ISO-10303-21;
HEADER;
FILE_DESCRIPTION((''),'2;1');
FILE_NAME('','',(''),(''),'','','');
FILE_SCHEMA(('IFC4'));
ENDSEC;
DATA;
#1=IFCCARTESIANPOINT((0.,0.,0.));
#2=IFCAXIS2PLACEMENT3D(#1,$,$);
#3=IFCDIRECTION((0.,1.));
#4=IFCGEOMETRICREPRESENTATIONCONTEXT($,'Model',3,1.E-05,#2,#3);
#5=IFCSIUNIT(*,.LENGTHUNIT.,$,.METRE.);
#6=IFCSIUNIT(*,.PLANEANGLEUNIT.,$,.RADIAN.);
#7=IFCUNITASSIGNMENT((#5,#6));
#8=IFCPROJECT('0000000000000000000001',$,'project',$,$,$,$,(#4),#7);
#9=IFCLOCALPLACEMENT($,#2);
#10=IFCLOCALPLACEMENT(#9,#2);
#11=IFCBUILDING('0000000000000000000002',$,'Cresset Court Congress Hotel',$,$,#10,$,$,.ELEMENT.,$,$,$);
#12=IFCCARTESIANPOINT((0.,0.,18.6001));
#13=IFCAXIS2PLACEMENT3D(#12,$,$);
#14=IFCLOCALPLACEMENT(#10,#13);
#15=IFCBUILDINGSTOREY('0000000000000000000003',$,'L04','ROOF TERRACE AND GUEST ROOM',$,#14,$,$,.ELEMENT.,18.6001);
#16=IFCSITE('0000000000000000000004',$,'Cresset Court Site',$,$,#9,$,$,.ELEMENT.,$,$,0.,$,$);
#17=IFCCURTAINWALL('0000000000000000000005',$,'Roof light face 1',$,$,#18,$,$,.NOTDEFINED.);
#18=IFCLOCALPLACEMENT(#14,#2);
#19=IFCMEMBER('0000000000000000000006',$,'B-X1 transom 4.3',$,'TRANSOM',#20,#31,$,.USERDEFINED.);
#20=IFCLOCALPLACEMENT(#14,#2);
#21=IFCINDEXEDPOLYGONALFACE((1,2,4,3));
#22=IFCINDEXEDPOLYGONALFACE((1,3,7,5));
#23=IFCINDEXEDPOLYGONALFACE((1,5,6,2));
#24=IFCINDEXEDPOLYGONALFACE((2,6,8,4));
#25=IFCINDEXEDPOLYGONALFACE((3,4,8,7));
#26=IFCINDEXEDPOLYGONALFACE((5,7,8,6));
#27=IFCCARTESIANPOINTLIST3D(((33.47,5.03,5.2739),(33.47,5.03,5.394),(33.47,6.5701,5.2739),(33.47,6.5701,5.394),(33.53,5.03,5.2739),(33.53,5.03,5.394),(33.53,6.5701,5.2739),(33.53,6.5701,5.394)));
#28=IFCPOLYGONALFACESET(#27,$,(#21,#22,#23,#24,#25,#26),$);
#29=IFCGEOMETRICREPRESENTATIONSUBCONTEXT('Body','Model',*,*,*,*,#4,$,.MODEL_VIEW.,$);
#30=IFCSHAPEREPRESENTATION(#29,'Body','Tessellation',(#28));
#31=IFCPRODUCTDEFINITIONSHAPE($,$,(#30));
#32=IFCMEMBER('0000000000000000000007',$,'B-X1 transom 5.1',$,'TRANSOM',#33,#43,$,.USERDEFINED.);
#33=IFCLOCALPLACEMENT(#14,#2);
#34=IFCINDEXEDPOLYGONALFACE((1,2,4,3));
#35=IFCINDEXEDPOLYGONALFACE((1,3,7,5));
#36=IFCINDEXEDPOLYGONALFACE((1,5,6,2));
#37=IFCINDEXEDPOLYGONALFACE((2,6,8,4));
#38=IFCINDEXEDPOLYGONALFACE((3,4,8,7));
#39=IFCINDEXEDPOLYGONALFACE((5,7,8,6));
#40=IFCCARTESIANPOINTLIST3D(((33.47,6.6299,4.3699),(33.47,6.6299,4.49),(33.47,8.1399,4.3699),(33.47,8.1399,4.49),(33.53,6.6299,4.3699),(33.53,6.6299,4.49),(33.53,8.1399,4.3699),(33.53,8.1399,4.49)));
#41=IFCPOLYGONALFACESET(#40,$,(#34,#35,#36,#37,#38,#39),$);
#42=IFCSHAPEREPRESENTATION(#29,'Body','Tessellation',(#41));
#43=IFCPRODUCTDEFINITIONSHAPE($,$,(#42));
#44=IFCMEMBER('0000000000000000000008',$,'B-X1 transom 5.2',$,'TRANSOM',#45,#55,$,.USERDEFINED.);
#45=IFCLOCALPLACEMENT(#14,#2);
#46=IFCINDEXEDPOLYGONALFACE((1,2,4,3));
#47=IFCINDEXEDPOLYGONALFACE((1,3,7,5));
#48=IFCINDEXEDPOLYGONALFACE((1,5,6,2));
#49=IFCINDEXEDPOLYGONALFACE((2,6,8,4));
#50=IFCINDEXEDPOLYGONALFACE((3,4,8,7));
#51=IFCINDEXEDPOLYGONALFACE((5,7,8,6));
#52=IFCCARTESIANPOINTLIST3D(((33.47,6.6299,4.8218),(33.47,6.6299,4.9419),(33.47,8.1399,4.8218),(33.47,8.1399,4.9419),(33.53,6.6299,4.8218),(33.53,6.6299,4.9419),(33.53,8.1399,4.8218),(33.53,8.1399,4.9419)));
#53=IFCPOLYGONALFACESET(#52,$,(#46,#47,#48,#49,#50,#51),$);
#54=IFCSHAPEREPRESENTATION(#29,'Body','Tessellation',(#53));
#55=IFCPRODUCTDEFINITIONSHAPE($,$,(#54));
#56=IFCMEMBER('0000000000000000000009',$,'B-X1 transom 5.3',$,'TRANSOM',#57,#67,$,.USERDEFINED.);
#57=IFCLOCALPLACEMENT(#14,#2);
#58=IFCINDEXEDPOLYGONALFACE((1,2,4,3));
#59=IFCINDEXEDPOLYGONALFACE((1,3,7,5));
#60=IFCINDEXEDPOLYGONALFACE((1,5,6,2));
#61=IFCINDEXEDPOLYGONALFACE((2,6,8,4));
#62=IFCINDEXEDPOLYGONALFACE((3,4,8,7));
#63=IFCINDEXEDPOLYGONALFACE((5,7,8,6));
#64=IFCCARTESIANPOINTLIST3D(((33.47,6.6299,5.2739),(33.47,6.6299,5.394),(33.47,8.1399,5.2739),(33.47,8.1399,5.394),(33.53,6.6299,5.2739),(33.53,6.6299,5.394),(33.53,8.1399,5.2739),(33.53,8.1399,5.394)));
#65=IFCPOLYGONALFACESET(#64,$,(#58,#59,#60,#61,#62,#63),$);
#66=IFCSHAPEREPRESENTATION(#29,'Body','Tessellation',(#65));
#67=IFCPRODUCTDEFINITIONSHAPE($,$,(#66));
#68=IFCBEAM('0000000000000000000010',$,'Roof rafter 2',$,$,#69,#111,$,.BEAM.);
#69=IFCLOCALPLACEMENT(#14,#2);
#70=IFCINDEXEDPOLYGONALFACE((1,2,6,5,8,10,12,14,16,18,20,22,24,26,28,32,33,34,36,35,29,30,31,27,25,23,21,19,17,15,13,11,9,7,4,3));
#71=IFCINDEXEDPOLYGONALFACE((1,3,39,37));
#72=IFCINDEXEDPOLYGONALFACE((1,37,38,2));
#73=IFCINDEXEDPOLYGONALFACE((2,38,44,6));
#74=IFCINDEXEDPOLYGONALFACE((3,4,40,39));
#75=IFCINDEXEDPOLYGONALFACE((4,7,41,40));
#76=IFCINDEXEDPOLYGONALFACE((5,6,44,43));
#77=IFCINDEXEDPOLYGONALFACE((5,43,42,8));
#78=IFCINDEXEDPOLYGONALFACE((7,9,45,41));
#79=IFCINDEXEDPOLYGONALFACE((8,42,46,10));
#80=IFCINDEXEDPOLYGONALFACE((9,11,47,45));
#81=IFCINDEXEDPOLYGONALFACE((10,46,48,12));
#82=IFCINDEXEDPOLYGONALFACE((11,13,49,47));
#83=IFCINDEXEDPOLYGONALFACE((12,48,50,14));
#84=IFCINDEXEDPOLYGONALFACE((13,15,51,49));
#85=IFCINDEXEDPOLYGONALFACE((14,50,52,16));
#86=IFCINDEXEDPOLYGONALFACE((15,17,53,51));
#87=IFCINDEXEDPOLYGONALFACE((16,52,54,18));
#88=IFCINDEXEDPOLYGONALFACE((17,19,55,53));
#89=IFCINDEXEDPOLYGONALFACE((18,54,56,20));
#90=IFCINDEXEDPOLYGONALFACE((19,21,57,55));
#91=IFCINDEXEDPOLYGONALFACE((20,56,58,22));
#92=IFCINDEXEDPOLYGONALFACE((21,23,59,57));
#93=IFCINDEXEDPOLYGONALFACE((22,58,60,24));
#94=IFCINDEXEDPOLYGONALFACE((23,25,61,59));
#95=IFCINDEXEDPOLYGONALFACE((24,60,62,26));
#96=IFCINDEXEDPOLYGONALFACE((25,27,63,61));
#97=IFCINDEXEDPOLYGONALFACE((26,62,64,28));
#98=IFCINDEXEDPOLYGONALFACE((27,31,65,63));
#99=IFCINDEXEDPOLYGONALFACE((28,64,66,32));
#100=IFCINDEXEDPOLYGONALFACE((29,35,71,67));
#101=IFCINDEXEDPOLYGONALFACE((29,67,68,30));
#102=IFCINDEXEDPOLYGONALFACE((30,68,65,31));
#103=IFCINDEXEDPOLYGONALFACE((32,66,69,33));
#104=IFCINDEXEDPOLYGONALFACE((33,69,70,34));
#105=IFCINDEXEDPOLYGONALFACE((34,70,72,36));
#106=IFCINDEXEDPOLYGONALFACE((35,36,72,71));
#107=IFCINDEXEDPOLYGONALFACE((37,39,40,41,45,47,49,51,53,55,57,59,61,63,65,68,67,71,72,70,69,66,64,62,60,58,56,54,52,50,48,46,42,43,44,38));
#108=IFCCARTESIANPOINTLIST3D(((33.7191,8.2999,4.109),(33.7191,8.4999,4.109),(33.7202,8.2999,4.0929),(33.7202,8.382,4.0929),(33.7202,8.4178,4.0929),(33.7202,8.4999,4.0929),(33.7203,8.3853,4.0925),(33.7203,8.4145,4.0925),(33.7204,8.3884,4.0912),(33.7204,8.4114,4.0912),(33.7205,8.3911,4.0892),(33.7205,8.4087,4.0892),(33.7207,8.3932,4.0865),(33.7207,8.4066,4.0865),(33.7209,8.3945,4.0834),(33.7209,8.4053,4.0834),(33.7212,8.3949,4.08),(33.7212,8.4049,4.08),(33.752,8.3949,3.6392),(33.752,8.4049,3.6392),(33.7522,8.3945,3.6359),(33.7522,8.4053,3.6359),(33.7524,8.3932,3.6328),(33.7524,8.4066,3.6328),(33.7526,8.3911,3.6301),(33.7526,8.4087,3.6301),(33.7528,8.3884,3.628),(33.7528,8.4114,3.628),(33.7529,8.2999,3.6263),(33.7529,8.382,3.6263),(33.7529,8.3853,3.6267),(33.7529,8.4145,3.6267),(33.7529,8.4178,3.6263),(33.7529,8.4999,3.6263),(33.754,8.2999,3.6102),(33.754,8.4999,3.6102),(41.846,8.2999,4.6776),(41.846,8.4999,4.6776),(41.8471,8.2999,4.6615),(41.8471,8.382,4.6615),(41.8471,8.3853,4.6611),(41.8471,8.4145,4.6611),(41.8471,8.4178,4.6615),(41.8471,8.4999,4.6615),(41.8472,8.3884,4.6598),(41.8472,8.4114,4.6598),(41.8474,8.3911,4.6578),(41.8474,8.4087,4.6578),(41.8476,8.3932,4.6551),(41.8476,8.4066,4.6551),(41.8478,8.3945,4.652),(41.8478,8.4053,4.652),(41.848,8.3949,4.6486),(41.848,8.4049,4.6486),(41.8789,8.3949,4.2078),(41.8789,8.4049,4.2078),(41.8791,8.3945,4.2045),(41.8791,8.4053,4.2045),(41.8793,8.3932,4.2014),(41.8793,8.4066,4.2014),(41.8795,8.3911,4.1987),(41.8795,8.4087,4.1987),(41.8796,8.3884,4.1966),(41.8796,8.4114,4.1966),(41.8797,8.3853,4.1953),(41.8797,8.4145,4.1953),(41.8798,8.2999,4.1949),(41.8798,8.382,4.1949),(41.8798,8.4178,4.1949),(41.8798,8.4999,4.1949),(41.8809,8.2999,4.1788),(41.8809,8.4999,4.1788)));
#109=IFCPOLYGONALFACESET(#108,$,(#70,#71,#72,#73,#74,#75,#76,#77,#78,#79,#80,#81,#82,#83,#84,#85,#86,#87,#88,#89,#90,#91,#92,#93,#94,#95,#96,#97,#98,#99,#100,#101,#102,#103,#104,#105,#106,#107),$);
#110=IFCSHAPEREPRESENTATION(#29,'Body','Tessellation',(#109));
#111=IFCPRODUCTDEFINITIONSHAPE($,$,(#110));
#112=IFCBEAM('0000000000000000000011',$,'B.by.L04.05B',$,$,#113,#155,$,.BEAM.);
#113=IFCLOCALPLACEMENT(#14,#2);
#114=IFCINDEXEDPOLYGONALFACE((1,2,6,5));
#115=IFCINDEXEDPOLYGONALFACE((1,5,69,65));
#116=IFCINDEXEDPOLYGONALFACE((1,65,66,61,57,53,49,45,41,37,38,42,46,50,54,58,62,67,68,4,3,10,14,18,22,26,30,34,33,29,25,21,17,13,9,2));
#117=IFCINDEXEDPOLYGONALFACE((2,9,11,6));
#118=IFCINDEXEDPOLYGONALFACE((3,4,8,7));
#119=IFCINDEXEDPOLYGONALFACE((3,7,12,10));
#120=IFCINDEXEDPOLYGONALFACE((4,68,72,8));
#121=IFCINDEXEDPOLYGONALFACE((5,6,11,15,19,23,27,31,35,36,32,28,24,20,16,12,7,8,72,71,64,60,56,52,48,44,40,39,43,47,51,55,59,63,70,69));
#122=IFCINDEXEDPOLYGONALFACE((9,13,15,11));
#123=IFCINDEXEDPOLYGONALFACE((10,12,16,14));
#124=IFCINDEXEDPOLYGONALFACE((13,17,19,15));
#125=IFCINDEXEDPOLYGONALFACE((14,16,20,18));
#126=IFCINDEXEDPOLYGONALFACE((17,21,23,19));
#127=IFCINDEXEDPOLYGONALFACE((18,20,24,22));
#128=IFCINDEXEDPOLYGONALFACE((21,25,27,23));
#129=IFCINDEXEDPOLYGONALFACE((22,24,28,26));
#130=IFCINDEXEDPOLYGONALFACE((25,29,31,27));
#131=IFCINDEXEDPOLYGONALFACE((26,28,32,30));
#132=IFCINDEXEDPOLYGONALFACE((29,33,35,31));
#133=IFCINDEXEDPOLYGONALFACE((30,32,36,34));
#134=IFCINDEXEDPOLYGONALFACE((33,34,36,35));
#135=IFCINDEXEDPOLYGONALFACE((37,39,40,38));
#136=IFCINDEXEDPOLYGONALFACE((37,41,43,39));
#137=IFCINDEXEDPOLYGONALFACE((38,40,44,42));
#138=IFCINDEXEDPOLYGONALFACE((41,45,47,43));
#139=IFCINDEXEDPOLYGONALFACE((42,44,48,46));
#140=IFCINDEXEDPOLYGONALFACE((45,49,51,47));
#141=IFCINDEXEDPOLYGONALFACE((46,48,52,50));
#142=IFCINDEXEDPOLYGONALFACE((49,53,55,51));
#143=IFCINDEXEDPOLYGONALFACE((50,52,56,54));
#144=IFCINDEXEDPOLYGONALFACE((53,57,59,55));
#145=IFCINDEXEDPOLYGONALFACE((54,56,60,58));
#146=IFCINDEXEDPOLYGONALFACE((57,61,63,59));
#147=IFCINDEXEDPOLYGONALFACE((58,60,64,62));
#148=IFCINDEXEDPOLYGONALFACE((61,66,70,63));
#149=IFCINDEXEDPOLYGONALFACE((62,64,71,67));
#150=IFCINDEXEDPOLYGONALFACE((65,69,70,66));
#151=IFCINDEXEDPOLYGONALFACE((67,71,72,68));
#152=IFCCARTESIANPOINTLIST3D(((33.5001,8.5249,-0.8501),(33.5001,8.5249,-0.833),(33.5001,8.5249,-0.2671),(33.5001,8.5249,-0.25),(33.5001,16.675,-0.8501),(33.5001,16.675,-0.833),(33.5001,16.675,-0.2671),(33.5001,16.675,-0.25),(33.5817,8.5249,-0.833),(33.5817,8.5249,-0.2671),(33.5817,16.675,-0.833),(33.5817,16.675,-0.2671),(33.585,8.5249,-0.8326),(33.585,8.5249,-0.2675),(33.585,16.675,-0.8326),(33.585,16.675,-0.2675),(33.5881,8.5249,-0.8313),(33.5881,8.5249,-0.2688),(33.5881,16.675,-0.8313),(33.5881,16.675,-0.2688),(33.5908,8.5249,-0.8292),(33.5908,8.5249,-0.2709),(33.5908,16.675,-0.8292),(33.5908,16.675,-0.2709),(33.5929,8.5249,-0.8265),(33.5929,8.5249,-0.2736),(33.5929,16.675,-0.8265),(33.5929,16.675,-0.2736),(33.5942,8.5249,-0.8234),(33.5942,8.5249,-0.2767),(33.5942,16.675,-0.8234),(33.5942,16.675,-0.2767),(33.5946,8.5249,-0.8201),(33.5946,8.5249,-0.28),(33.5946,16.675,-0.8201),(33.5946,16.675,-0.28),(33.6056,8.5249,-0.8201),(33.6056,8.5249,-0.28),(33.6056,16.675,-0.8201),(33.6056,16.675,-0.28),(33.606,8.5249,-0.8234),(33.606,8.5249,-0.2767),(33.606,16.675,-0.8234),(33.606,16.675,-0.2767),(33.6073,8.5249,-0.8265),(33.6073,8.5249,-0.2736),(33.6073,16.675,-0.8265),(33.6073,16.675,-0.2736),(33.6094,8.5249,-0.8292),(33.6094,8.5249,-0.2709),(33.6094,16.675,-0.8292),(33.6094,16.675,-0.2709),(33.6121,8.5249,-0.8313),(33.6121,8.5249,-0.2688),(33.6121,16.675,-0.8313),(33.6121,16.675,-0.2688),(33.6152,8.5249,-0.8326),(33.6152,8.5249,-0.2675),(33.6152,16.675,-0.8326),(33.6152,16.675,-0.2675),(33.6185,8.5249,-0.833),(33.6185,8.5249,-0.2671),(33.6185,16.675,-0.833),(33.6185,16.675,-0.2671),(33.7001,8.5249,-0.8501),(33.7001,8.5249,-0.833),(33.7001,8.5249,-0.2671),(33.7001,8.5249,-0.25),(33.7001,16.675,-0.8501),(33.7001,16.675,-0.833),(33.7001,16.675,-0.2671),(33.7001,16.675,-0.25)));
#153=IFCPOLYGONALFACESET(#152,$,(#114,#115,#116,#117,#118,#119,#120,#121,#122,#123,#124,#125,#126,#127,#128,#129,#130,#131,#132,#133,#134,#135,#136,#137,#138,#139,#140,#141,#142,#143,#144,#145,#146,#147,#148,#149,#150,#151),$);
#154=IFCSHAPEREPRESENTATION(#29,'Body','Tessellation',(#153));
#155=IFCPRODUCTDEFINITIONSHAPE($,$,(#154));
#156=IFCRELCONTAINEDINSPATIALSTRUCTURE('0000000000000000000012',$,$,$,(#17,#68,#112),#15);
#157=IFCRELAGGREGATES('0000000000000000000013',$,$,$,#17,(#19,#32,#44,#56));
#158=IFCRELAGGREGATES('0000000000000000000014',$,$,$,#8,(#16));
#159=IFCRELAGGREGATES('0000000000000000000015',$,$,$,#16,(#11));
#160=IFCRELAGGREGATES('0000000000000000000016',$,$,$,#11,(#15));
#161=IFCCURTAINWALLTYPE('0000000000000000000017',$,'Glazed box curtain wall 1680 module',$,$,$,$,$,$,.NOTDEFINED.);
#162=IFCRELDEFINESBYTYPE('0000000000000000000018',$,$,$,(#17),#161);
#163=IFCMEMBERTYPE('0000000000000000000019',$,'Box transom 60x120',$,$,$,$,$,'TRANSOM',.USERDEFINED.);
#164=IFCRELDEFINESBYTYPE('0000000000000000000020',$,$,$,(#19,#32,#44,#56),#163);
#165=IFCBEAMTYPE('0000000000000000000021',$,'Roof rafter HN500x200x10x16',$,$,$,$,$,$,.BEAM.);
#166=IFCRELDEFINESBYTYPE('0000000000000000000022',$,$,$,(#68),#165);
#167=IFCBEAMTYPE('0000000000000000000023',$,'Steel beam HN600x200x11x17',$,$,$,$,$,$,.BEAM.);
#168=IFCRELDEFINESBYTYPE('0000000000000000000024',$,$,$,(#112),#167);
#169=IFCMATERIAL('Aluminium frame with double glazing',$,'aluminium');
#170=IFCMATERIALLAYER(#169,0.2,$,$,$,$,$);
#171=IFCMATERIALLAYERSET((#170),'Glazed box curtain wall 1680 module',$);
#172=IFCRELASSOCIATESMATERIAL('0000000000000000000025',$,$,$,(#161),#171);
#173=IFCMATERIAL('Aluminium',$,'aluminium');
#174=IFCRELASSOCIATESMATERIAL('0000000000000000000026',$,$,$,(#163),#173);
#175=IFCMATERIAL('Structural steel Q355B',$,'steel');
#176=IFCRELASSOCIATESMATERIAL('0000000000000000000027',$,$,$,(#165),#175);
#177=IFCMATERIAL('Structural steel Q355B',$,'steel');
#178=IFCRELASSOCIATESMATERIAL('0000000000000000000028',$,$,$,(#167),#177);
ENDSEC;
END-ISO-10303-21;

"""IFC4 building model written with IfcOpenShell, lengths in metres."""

from ifc_helpers import new_model, si_unit, direction, frame, origin, origin_2d, place, context, subcontext, project, spatial, rectangle, i_section, extrude, material, layer, layer_set, material_profile, profile_set, type_object, element, aggregate, save


model = new_model("IFC4")

# Units and contexts
model_context = context("Model", 3, precision=1e-05, world=origin(), true_north=direction((0.0, 1.0)))
body_context = subcontext(model_context, "Body", "Model", "MODEL_VIEW")
ifc_project = project(units=[si_unit("LENGTHUNIT", "METRE"), si_unit("PLANEANGLEUNIT", "RADIAN")], contexts=[model_context])

# Site, building, storey
site_placement = place(None, origin())
site = spatial("IfcSite", under=ifc_project, at=site_placement, Name="Cresset Court Site", CompositionType="ELEMENT", RefElevation=0.0)
building_placement = place(site_placement, origin())
building = spatial("IfcBuilding", under=site, at=building_placement, Name="Cresset Court Congress Hotel", CompositionType="ELEMENT")
storey_placement = place(building_placement, frame((0.0, 0.0, 18.6001)))
storey = spatial("IfcBuildingStorey", under=building, at=storey_placement, Name="L04", Description="ROOF TERRACE AND GUEST ROOM", CompositionType="ELEMENT", Elevation=18.6001)

# Curtain wall, members
ifc_material_1 = material(Name="Aluminium frame with double glazing", Category="aluminium")
ifc_layer_1 = layer(ifc_material_1, 0.2)
ifc_layer_set_1 = layer_set([ifc_layer_1], Name="Glazed box curtain wall 1680 module")
curtain_wall_type = type_object("IfcCurtainWallType", Name="Glazed box curtain wall 1680 module", PredefinedType="NOTDEFINED", material=ifc_layer_set_1)
curtain_wall_placement = place(storey_placement, origin())
curtain_wall = element("IfcCurtainWall", 1, at=curtain_wall_placement, inside=storey, type_object=curtain_wall_type, Name="Roof light face 1", PredefinedType="NOTDEFINED")
ifc_material_2 = material(Name="Aluminium", Category="aluminium")
ifc_material_profile_1 = material_profile(ifc_material_2, rectangle(XDim=0.0601, YDim=0.1201, at=origin_2d()), Name="Box transom 60x120")
ifc_profile_set_1 = profile_set([ifc_material_profile_1], Name="Aluminium")
member_type_1 = type_object("IfcMemberType", Name="Box transom 60x120", ElementType="TRANSOM", PredefinedType="USERDEFINED", material=ifc_profile_set_1)
member_1_placement = place(storey_placement, frame((33.5, 5.03, 5.334), z_axis=(0.0, 1.0, 0.0), x_axis=(-1.0, 0.0, 0.0)))
member_1 = element("IfcMember", 2, at=member_1_placement, type_object=member_type_1, Name="B-X1 transom 4.3", ObjectType="TRANSOM", PredefinedType="USERDEFINED", context=body_context, shape_type="SweptSolid", body=[
    extrude(rectangle(XDim=0.0601, YDim=0.1201, at=origin_2d()), origin(), (0.0, 0.0, 1.0), 1.54),
])
member_2_placement = place(storey_placement, frame((33.5, 6.6299, 4.4299), z_axis=(0.0, 1.0, 0.0), x_axis=(-1.0, 0.0, 0.0)))
member_2 = element("IfcMember", 3, at=member_2_placement, type_object=member_type_1, Name="B-X1 transom 5.1", ObjectType="TRANSOM", PredefinedType="USERDEFINED", context=body_context, shape_type="SweptSolid", body=[
    extrude(rectangle(XDim=0.0601, YDim=0.1201, at=origin_2d()), origin(), (0.0, 0.0, 1.0), 1.51),
])
member_3_placement = place(storey_placement, frame((33.5, 6.6299, 4.8818), z_axis=(0.0, 1.0, 0.0), x_axis=(-1.0, 0.0, 0.0)))
member_3 = element("IfcMember", 4, at=member_3_placement, type_object=member_type_1, Name="B-X1 transom 5.2", ObjectType="TRANSOM", PredefinedType="USERDEFINED", context=body_context, shape_type="SweptSolid", body=[
    extrude(rectangle(XDim=0.0601, YDim=0.1201, at=origin_2d()), origin(), (0.0, 0.0, 1.0), 1.51),
])
member_4_placement = place(storey_placement, frame((33.5, 6.6299, 5.334), z_axis=(0.0, 1.0, 0.0), x_axis=(-1.0, 0.0, 0.0)))
member_4 = element("IfcMember", 5, at=member_4_placement, type_object=member_type_1, Name="B-X1 transom 5.3", ObjectType="TRANSOM", PredefinedType="USERDEFINED", context=body_context, shape_type="SweptSolid", body=[
    extrude(rectangle(XDim=0.0601, YDim=0.1201, at=origin_2d()), origin(), (0.0, 0.0, 1.0), 1.51),
])

# Beams
ifc_material_3 = material(Name="Structural steel Q355B", Category="steel")
ifc_material_profile_2 = material_profile(ifc_material_3, i_section(OverallWidth=0.2, OverallDepth=0.5, WebThickness=0.01, FlangeThickness=0.0161, FilletRadius=0.0129, at=origin_2d()), Name="HN500x200x10x16")
ifc_profile_set_2 = profile_set([ifc_material_profile_2], Name="Structural steel Q355B")
beam_type_1 = type_object("IfcBeamType", Name="Roof rafter HN500x200x10x16", PredefinedType="BEAM", material=ifc_profile_set_2)
beam_1_placement = place(storey_placement, frame((33.7366, 8.3999, 3.8596), z_axis=(0.997561, 0.0, 0.069795), x_axis=(0.0, 1.0, 0.0)))
element("IfcBeam", 6, at=beam_1_placement, inside=storey, type_object=beam_type_1, Name="Roof rafter 2", PredefinedType="BEAM", context=body_context, shape_type="SweptSolid", body=[
    extrude(i_section(OverallWidth=0.2, OverallDepth=0.5, WebThickness=0.01, FlangeThickness=0.0161, FilletRadius=0.0129, at=origin_2d()), origin(), (0.0, 0.0, 1.0), 8.1467),
])
ifc_material_4 = material(Name="Structural steel Q355B", Category="steel")
ifc_material_profile_3 = material_profile(ifc_material_4, i_section(OverallWidth=0.2, OverallDepth=0.6001, WebThickness=0.011, FlangeThickness=0.0171, FilletRadius=0.0129, at=origin_2d()), Name="HN600x200x11x17")
ifc_profile_set_3 = profile_set([ifc_material_profile_3], Name="Structural steel Q355B")
beam_type_2 = type_object("IfcBeamType", Name="Steel beam HN600x200x11x17", PredefinedType="BEAM", material=ifc_profile_set_3)
beam_2_placement = place(storey_placement, frame((33.6001, 8.5249, -0.55), z_axis=(0.0, 1.0, 0.0), x_axis=(-1.0, 0.0, 0.0)))
element("IfcBeam", 7, at=beam_2_placement, inside=storey, type_object=beam_type_2, Name="B.by.L04.05B", PredefinedType="BEAM", context=body_context, shape_type="SweptSolid", body=[
    extrude(i_section(OverallWidth=0.2, OverallDepth=0.6001, WebThickness=0.011, FlangeThickness=0.0171, FilletRadius=0.0129, at=origin_2d()), origin(), (0.0, 0.0, 1.0), 8.1501),
])

aggregate(curtain_wall, [member_1, member_2, member_3, member_4])

save(model, "model.ifc")
